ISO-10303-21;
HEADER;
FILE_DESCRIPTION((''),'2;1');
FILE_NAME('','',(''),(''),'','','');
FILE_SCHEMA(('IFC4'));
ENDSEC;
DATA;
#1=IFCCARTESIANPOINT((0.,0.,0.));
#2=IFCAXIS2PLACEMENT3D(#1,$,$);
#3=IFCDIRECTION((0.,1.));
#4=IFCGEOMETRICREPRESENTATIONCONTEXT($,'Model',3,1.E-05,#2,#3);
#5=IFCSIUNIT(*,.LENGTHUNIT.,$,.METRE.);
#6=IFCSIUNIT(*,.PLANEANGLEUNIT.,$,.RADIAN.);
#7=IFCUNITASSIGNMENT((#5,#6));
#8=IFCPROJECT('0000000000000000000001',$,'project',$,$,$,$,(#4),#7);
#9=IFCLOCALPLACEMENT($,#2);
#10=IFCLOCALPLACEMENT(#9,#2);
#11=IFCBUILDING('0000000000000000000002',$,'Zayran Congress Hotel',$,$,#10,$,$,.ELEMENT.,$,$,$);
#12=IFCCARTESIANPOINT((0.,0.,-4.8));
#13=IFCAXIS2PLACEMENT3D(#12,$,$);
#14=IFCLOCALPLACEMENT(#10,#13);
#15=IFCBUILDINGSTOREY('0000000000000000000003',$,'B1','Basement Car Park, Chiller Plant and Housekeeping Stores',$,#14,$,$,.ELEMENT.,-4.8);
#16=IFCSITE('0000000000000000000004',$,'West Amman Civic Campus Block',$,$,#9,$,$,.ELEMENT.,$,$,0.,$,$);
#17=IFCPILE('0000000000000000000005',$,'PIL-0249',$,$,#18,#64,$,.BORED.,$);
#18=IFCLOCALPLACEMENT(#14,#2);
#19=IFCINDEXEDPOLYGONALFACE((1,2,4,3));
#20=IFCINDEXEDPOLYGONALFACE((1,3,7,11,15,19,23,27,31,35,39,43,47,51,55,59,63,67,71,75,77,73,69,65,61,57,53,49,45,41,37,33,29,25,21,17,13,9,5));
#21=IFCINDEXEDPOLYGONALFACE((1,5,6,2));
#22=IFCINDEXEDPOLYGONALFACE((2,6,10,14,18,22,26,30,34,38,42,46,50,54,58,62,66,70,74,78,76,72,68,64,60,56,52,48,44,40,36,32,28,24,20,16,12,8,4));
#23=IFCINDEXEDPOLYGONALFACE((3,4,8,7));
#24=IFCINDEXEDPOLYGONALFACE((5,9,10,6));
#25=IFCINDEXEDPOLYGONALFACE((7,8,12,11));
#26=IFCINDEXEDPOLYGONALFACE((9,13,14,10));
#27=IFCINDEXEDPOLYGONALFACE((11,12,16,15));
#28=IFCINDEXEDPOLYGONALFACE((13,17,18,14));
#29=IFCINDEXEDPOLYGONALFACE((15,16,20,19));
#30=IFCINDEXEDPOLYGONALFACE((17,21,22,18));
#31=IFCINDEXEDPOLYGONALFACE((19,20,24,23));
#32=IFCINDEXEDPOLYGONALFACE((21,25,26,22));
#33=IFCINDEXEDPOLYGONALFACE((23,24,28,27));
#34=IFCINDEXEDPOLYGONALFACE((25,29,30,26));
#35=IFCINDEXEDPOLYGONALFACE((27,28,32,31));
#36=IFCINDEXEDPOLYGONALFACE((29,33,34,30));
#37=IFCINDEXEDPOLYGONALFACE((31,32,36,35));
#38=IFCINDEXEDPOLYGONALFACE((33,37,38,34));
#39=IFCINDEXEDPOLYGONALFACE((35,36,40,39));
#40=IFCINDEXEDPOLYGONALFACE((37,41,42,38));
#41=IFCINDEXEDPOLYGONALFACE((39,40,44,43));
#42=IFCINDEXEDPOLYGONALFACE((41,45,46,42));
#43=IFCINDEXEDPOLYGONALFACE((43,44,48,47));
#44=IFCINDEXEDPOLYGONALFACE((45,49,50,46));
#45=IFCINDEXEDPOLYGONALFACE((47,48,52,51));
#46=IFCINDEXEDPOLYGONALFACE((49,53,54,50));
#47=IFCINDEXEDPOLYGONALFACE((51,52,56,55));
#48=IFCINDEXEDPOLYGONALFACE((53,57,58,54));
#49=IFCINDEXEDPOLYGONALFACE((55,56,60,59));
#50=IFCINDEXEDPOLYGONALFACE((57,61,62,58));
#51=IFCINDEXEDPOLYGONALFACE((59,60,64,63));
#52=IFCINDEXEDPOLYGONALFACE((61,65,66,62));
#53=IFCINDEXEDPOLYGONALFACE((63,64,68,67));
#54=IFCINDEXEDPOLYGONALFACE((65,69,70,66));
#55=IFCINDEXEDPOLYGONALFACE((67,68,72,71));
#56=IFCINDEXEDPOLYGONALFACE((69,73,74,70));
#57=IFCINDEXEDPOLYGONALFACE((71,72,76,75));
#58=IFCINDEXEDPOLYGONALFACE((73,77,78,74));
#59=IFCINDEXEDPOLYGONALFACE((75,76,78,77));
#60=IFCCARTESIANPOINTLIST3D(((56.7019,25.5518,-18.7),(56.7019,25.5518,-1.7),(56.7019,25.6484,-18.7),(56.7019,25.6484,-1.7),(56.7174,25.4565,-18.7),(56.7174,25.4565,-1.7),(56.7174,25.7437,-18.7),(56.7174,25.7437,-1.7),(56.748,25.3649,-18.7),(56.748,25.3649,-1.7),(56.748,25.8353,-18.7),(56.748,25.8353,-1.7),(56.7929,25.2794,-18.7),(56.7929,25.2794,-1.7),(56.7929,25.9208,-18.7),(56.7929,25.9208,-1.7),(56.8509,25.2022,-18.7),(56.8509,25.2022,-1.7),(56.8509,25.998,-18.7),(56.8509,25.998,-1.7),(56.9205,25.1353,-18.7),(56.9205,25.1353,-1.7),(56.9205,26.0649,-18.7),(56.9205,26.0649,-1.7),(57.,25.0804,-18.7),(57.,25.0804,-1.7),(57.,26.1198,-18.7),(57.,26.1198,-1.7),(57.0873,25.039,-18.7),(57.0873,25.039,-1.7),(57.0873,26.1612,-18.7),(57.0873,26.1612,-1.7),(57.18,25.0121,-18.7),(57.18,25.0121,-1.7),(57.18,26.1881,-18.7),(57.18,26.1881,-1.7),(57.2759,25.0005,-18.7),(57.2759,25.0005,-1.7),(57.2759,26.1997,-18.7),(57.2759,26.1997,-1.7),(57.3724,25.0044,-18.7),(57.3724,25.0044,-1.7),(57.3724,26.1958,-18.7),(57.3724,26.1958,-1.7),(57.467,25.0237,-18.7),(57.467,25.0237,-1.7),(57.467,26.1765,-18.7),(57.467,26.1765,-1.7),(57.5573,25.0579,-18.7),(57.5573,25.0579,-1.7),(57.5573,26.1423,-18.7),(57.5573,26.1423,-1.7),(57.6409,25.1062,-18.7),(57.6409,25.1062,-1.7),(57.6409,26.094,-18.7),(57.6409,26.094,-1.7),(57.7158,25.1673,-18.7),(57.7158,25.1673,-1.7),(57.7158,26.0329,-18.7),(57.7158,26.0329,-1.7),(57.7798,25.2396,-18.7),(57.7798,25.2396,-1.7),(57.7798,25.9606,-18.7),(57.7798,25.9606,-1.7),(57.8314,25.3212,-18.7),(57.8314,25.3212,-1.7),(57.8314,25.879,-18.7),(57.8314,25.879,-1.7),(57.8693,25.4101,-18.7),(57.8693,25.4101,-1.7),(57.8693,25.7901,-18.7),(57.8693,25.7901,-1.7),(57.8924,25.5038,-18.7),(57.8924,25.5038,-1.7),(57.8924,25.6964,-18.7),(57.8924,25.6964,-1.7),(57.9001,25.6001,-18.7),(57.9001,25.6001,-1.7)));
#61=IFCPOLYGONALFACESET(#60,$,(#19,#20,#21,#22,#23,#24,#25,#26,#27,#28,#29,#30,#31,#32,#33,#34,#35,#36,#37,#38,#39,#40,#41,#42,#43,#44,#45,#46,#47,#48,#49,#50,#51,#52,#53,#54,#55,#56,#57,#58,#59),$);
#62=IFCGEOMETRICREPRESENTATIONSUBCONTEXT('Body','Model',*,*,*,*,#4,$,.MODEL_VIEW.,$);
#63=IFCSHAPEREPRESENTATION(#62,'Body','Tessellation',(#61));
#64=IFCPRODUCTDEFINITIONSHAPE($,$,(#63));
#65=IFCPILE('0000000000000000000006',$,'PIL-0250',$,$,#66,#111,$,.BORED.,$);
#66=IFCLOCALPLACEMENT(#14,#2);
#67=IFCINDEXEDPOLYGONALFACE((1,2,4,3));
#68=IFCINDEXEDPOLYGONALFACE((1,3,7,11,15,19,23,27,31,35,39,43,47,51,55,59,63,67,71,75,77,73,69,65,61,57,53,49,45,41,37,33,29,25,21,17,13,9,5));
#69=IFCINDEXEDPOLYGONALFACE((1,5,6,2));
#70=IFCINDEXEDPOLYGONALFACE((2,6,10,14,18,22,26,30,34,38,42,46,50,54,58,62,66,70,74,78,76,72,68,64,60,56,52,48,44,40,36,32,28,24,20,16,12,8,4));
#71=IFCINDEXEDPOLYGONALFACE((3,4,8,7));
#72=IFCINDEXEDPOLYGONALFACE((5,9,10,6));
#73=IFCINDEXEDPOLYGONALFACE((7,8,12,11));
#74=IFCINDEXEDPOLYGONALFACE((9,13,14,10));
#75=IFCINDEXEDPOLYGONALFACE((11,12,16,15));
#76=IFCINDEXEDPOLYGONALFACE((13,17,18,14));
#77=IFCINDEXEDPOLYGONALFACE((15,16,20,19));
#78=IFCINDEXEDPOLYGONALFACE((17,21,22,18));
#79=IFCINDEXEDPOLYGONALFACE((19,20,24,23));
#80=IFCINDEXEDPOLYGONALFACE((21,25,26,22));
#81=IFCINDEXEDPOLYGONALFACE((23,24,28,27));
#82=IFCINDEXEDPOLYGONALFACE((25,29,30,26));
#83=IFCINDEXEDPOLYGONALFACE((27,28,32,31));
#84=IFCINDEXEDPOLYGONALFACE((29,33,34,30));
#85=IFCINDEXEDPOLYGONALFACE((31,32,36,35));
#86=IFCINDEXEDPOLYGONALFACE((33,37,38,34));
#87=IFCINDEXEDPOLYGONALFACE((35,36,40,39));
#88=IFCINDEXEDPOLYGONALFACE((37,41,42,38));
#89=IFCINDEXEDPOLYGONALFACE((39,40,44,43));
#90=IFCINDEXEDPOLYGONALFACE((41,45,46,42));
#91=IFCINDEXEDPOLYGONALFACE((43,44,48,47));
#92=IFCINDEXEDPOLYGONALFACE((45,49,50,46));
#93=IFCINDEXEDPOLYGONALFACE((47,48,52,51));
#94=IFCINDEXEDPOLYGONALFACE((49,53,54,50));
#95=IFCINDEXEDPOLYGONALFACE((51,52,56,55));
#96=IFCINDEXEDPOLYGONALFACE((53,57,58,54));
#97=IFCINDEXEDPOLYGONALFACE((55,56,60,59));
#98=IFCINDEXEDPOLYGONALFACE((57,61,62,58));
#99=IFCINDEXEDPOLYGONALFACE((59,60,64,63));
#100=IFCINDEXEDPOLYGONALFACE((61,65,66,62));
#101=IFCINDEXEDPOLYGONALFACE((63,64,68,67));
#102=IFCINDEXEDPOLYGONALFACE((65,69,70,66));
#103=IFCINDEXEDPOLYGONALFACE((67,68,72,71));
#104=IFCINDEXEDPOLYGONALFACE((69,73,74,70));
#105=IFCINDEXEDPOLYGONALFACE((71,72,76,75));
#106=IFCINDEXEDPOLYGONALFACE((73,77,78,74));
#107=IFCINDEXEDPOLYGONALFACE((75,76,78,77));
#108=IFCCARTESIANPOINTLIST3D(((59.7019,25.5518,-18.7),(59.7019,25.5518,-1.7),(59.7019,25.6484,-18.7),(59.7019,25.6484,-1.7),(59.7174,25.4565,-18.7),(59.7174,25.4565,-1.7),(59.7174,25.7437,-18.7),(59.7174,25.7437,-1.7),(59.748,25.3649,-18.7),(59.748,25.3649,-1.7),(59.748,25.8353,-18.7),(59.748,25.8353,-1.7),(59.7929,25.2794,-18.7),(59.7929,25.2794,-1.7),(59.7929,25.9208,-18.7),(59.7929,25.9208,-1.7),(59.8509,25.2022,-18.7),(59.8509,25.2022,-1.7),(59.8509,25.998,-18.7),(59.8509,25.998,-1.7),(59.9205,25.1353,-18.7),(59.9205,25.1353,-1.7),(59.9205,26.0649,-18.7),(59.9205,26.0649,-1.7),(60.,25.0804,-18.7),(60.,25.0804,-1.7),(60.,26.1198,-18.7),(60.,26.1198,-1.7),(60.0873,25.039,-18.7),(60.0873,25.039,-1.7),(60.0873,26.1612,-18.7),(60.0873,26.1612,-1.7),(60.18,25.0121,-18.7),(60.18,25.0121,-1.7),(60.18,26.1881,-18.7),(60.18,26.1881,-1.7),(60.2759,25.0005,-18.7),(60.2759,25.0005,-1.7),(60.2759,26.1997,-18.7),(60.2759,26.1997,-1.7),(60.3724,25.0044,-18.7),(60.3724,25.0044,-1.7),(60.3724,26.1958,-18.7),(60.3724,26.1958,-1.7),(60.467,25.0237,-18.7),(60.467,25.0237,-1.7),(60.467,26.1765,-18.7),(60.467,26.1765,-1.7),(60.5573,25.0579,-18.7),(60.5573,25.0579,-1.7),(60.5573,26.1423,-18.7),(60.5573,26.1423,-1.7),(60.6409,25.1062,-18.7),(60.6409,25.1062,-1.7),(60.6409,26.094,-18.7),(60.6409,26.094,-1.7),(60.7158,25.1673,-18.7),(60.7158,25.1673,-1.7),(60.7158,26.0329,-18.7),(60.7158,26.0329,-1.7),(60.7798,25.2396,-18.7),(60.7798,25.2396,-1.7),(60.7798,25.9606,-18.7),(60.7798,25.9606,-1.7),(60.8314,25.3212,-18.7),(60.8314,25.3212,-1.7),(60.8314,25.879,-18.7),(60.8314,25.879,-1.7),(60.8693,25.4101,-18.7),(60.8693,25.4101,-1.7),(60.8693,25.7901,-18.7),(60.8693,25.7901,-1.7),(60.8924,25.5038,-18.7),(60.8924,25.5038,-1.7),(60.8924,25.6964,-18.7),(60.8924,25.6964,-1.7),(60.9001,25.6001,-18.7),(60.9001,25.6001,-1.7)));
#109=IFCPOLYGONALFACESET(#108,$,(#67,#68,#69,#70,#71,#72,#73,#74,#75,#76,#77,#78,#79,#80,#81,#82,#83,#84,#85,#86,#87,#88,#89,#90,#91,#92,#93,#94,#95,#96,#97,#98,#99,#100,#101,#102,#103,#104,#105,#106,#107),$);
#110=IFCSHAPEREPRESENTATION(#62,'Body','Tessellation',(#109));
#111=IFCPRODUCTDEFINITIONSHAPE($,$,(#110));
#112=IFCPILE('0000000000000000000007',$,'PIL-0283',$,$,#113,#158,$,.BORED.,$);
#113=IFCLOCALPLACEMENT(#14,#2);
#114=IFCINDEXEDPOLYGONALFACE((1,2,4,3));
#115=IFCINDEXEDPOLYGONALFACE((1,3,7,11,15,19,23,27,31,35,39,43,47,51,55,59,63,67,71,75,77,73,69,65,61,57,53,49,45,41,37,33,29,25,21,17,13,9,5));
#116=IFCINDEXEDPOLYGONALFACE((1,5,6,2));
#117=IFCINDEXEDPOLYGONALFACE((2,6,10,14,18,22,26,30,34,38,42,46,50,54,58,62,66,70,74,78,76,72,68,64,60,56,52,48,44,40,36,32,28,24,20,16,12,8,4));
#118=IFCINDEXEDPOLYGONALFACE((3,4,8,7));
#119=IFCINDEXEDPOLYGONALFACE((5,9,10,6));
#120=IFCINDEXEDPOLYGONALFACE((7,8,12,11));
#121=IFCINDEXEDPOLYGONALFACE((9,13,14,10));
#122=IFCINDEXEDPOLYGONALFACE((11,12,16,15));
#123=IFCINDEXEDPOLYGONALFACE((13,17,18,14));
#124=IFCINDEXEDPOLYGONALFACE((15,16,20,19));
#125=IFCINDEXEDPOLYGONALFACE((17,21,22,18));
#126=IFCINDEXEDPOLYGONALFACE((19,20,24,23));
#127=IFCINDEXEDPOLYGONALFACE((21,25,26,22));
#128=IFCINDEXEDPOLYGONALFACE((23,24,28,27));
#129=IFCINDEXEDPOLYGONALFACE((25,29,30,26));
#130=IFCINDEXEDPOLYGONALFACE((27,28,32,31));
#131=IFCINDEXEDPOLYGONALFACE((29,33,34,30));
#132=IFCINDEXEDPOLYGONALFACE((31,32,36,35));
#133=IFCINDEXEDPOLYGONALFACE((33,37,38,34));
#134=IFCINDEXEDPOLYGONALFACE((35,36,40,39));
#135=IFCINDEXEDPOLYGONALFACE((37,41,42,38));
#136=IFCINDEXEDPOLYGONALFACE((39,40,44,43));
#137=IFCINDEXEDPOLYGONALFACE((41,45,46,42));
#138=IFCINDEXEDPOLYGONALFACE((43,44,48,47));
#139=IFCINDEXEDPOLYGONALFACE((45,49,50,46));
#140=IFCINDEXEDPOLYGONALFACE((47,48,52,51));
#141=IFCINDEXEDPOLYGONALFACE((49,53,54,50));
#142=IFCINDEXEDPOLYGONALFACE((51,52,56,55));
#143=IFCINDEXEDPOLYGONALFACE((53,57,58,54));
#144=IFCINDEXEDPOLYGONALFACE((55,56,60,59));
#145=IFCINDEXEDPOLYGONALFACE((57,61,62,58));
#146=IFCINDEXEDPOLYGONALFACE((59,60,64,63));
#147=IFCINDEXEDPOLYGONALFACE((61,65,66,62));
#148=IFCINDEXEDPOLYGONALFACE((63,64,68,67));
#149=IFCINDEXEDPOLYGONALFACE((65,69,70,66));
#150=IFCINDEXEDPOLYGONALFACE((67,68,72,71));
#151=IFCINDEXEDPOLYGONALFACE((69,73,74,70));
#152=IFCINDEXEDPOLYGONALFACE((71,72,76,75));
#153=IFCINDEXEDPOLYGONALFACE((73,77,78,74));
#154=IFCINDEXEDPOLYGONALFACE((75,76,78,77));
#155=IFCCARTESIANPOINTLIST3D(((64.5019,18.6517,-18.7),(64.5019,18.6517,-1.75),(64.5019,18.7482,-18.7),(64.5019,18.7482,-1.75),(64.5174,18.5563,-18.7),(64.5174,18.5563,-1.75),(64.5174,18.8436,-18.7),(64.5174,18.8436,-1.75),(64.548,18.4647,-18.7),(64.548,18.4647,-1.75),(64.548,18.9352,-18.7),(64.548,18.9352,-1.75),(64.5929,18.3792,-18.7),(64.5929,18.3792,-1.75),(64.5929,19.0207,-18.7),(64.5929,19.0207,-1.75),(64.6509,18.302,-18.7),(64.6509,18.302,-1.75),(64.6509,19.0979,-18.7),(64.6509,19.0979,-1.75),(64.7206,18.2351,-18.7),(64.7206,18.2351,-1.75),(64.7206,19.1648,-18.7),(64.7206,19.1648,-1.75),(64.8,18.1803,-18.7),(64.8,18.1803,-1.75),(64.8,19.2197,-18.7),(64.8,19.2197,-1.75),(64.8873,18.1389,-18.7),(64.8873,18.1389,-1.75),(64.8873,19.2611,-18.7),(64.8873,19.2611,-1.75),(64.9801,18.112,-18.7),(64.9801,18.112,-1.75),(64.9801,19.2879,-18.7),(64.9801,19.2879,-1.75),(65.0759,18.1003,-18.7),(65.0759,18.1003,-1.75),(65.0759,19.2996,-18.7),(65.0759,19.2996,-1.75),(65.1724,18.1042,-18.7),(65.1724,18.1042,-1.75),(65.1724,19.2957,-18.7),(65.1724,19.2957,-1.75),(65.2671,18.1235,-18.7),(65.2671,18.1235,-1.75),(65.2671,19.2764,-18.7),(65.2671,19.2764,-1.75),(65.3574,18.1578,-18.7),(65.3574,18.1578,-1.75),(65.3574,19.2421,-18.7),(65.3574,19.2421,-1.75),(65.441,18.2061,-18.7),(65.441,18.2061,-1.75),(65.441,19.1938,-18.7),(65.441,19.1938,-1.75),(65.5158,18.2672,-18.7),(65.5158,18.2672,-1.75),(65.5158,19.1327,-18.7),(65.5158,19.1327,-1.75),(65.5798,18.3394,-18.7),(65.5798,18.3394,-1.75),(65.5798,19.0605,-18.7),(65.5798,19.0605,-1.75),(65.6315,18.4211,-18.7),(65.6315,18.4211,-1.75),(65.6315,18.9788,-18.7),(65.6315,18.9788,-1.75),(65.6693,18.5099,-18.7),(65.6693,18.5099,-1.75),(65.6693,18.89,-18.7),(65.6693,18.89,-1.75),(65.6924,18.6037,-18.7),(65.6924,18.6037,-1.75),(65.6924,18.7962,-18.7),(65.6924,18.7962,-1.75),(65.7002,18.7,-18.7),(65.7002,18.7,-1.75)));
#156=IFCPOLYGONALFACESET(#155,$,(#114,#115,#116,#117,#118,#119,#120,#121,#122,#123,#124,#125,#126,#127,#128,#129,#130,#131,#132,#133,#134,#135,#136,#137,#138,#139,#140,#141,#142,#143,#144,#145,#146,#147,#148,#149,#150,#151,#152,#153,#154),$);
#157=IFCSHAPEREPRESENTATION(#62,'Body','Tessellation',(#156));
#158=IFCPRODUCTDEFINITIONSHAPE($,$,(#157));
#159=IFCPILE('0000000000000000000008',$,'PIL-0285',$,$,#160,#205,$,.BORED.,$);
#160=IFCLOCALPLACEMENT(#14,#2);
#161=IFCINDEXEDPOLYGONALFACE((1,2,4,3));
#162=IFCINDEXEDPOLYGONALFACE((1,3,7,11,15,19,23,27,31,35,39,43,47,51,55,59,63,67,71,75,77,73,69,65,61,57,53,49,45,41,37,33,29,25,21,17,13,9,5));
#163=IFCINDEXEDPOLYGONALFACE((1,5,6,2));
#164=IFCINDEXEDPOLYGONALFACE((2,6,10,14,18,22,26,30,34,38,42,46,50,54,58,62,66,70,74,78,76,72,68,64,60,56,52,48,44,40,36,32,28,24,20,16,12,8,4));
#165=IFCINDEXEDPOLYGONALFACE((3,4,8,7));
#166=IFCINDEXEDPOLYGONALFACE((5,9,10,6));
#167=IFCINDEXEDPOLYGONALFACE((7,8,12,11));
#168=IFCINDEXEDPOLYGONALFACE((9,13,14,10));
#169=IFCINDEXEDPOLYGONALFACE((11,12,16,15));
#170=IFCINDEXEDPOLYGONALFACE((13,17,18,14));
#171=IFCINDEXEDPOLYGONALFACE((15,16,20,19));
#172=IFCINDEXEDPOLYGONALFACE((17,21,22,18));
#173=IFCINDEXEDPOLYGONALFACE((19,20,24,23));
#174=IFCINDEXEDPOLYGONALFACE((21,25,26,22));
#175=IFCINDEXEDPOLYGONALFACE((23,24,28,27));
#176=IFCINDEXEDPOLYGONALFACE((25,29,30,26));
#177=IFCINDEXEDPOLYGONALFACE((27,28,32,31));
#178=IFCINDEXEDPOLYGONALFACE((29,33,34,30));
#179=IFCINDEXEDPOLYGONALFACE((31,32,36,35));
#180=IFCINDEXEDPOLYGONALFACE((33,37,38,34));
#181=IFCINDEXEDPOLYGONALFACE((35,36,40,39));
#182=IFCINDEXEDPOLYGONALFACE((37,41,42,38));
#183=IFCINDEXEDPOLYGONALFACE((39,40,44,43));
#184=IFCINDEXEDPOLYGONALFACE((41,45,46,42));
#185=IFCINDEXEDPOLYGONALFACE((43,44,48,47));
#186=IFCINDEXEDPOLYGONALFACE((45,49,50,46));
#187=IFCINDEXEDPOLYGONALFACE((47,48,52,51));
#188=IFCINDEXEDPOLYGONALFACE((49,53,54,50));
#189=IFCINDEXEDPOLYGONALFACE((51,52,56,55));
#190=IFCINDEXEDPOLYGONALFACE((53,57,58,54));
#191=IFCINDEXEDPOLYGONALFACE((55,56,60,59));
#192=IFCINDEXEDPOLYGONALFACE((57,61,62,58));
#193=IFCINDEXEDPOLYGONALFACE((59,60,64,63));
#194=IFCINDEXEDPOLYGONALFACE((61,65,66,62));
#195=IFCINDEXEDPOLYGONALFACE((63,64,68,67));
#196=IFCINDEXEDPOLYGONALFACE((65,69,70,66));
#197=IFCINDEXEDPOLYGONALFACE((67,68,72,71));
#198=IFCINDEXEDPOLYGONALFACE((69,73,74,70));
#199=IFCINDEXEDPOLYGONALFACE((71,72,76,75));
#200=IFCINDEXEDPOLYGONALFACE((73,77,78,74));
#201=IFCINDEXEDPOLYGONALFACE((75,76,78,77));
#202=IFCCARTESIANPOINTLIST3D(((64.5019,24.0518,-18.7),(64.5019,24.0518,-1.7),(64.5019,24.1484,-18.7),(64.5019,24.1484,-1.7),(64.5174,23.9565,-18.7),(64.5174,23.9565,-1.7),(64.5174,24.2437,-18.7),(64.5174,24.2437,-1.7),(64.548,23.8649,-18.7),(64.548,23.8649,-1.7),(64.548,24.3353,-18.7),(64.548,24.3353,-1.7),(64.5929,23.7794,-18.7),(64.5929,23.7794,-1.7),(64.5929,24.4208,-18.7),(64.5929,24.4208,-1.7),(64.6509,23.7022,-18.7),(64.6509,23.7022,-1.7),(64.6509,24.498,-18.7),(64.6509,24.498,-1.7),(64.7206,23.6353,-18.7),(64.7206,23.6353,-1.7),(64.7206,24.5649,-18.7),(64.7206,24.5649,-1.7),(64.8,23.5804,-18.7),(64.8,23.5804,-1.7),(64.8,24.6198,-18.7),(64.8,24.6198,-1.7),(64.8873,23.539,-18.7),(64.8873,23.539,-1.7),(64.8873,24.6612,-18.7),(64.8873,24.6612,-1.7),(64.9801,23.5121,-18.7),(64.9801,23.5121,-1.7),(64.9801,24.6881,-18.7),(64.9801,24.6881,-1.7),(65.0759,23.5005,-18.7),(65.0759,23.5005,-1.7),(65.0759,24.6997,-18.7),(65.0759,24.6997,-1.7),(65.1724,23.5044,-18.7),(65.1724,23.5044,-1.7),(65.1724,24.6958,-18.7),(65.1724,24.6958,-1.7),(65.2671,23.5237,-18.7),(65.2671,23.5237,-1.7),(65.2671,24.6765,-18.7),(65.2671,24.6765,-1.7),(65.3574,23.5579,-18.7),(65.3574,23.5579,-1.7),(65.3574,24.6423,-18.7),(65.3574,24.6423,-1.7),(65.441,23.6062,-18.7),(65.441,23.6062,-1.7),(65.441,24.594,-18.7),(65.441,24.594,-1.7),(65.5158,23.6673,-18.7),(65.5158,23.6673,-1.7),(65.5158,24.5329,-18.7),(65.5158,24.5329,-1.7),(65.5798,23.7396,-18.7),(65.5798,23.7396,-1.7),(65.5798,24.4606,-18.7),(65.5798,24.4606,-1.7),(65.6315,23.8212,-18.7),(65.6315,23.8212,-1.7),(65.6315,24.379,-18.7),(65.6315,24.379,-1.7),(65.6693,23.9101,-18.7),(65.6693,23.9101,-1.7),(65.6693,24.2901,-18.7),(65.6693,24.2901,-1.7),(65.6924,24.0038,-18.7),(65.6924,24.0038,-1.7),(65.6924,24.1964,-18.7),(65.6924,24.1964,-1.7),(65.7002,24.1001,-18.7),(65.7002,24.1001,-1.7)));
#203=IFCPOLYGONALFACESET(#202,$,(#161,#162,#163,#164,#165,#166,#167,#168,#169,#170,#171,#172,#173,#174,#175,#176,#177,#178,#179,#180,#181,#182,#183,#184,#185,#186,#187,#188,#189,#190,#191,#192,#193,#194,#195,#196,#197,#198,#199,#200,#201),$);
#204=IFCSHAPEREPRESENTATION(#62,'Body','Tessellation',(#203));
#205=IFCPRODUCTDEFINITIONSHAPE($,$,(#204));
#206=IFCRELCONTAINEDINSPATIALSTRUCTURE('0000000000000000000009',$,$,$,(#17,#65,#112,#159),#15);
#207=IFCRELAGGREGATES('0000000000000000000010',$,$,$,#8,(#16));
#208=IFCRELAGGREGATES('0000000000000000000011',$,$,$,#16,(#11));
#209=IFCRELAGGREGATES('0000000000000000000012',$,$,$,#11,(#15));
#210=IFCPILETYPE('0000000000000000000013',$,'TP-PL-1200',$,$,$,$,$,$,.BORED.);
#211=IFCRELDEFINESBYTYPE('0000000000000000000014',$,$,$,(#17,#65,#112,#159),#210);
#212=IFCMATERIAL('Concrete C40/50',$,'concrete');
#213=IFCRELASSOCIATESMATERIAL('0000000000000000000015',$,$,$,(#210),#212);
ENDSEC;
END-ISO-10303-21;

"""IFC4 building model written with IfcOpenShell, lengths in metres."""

from ifc_helpers import new_model, si_unit, direction, frame, origin, origin_2d, place, context, subcontext, project, spatial, circle, extrude, material, material_profile, profile_set, type_object, element, save


model = new_model("IFC4")

# Units and contexts
model_context = context("Model", 3, precision=1e-05, world=origin(), true_north=direction((0.0, 1.0)))
body_context = subcontext(model_context, "Body", "Model", "MODEL_VIEW")
ifc_project = project(units=[si_unit("LENGTHUNIT", "METRE"), si_unit("PLANEANGLEUNIT", "RADIAN")], contexts=[model_context])

# Site, building, storey
site_placement = place(None, origin())
site = spatial("IfcSite", under=ifc_project, at=site_placement, Name="West Amman Civic Campus Block", CompositionType="ELEMENT", RefElevation=0.0)
building_placement = place(site_placement, origin())
building = spatial("IfcBuilding", under=site, at=building_placement, Name="Zayran Congress Hotel", CompositionType="ELEMENT")
storey_placement = place(building_placement, frame((0.0, 0.0, -4.8)))
storey = spatial("IfcBuildingStorey", under=building, at=storey_placement, Name="B1", Description="Basement Car Park, Chiller Plant and Housekeeping Stores", CompositionType="ELEMENT", Elevation=-4.8)

# Piles
ifc_material_1 = material(Name="Concrete C40/50", Category="concrete")
ifc_material_profile_1 = material_profile(ifc_material_1, circle(Radius=0.6001, at=origin_2d()), Name="PILE D1200")
ifc_profile_set_1 = profile_set([ifc_material_profile_1], Name="Concrete C40/50")
pile_type = type_object("IfcPileType", Name="TP-PL-1200", PredefinedType="BORED", material=ifc_profile_set_1)
for number, where, z_axis, x_axis, name in (
    (1, (57.3, 25.6001, -1.7), (0.0, 0.0, -1.0), (1.0, 0.0, 0.0), "PIL-0249"),
    (2, (60.3, 25.6001, -1.7), (0.0, 0.0, -1.0), (1.0, 0.0, 0.0), "PIL-0250"),
):
    element("IfcPile", number, at=place(storey_placement, frame(where, z_axis=z_axis, x_axis=x_axis)), inside=storey, type_object=pile_type, Name=name, PredefinedType="BORED", context=body_context, shape_type="SweptSolid", body=[
        extrude(circle(Radius=0.6001, at=origin_2d()), origin(), (0.0, 0.0, 1.0), 17.0),
    ])
pile_1_placement = place(storey_placement, frame((65.1001, 18.7, -1.75), z_axis=(0.0, 0.0, -1.0), x_axis=(1.0, 0.0, 0.0)))
element("IfcPile", 3, at=pile_1_placement, inside=storey, type_object=pile_type, Name="PIL-0283", PredefinedType="BORED", context=body_context, shape_type="SweptSolid", body=[
    extrude(circle(Radius=0.6001, at=origin_2d()), origin(), (0.0, 0.0, 1.0), 16.95),
])
pile_2_placement = place(storey_placement, frame((65.1001, 24.1001, -1.7), z_axis=(0.0, 0.0, -1.0), x_axis=(1.0, 0.0, 0.0)))
element("IfcPile", 4, at=pile_2_placement, inside=storey, type_object=pile_type, Name="PIL-0285", PredefinedType="BORED", context=body_context, shape_type="SweptSolid", body=[
    extrude(circle(Radius=0.6001, at=origin_2d()), origin(), (0.0, 0.0, 1.0), 17.0),
])

save(model, "model.ifc")
